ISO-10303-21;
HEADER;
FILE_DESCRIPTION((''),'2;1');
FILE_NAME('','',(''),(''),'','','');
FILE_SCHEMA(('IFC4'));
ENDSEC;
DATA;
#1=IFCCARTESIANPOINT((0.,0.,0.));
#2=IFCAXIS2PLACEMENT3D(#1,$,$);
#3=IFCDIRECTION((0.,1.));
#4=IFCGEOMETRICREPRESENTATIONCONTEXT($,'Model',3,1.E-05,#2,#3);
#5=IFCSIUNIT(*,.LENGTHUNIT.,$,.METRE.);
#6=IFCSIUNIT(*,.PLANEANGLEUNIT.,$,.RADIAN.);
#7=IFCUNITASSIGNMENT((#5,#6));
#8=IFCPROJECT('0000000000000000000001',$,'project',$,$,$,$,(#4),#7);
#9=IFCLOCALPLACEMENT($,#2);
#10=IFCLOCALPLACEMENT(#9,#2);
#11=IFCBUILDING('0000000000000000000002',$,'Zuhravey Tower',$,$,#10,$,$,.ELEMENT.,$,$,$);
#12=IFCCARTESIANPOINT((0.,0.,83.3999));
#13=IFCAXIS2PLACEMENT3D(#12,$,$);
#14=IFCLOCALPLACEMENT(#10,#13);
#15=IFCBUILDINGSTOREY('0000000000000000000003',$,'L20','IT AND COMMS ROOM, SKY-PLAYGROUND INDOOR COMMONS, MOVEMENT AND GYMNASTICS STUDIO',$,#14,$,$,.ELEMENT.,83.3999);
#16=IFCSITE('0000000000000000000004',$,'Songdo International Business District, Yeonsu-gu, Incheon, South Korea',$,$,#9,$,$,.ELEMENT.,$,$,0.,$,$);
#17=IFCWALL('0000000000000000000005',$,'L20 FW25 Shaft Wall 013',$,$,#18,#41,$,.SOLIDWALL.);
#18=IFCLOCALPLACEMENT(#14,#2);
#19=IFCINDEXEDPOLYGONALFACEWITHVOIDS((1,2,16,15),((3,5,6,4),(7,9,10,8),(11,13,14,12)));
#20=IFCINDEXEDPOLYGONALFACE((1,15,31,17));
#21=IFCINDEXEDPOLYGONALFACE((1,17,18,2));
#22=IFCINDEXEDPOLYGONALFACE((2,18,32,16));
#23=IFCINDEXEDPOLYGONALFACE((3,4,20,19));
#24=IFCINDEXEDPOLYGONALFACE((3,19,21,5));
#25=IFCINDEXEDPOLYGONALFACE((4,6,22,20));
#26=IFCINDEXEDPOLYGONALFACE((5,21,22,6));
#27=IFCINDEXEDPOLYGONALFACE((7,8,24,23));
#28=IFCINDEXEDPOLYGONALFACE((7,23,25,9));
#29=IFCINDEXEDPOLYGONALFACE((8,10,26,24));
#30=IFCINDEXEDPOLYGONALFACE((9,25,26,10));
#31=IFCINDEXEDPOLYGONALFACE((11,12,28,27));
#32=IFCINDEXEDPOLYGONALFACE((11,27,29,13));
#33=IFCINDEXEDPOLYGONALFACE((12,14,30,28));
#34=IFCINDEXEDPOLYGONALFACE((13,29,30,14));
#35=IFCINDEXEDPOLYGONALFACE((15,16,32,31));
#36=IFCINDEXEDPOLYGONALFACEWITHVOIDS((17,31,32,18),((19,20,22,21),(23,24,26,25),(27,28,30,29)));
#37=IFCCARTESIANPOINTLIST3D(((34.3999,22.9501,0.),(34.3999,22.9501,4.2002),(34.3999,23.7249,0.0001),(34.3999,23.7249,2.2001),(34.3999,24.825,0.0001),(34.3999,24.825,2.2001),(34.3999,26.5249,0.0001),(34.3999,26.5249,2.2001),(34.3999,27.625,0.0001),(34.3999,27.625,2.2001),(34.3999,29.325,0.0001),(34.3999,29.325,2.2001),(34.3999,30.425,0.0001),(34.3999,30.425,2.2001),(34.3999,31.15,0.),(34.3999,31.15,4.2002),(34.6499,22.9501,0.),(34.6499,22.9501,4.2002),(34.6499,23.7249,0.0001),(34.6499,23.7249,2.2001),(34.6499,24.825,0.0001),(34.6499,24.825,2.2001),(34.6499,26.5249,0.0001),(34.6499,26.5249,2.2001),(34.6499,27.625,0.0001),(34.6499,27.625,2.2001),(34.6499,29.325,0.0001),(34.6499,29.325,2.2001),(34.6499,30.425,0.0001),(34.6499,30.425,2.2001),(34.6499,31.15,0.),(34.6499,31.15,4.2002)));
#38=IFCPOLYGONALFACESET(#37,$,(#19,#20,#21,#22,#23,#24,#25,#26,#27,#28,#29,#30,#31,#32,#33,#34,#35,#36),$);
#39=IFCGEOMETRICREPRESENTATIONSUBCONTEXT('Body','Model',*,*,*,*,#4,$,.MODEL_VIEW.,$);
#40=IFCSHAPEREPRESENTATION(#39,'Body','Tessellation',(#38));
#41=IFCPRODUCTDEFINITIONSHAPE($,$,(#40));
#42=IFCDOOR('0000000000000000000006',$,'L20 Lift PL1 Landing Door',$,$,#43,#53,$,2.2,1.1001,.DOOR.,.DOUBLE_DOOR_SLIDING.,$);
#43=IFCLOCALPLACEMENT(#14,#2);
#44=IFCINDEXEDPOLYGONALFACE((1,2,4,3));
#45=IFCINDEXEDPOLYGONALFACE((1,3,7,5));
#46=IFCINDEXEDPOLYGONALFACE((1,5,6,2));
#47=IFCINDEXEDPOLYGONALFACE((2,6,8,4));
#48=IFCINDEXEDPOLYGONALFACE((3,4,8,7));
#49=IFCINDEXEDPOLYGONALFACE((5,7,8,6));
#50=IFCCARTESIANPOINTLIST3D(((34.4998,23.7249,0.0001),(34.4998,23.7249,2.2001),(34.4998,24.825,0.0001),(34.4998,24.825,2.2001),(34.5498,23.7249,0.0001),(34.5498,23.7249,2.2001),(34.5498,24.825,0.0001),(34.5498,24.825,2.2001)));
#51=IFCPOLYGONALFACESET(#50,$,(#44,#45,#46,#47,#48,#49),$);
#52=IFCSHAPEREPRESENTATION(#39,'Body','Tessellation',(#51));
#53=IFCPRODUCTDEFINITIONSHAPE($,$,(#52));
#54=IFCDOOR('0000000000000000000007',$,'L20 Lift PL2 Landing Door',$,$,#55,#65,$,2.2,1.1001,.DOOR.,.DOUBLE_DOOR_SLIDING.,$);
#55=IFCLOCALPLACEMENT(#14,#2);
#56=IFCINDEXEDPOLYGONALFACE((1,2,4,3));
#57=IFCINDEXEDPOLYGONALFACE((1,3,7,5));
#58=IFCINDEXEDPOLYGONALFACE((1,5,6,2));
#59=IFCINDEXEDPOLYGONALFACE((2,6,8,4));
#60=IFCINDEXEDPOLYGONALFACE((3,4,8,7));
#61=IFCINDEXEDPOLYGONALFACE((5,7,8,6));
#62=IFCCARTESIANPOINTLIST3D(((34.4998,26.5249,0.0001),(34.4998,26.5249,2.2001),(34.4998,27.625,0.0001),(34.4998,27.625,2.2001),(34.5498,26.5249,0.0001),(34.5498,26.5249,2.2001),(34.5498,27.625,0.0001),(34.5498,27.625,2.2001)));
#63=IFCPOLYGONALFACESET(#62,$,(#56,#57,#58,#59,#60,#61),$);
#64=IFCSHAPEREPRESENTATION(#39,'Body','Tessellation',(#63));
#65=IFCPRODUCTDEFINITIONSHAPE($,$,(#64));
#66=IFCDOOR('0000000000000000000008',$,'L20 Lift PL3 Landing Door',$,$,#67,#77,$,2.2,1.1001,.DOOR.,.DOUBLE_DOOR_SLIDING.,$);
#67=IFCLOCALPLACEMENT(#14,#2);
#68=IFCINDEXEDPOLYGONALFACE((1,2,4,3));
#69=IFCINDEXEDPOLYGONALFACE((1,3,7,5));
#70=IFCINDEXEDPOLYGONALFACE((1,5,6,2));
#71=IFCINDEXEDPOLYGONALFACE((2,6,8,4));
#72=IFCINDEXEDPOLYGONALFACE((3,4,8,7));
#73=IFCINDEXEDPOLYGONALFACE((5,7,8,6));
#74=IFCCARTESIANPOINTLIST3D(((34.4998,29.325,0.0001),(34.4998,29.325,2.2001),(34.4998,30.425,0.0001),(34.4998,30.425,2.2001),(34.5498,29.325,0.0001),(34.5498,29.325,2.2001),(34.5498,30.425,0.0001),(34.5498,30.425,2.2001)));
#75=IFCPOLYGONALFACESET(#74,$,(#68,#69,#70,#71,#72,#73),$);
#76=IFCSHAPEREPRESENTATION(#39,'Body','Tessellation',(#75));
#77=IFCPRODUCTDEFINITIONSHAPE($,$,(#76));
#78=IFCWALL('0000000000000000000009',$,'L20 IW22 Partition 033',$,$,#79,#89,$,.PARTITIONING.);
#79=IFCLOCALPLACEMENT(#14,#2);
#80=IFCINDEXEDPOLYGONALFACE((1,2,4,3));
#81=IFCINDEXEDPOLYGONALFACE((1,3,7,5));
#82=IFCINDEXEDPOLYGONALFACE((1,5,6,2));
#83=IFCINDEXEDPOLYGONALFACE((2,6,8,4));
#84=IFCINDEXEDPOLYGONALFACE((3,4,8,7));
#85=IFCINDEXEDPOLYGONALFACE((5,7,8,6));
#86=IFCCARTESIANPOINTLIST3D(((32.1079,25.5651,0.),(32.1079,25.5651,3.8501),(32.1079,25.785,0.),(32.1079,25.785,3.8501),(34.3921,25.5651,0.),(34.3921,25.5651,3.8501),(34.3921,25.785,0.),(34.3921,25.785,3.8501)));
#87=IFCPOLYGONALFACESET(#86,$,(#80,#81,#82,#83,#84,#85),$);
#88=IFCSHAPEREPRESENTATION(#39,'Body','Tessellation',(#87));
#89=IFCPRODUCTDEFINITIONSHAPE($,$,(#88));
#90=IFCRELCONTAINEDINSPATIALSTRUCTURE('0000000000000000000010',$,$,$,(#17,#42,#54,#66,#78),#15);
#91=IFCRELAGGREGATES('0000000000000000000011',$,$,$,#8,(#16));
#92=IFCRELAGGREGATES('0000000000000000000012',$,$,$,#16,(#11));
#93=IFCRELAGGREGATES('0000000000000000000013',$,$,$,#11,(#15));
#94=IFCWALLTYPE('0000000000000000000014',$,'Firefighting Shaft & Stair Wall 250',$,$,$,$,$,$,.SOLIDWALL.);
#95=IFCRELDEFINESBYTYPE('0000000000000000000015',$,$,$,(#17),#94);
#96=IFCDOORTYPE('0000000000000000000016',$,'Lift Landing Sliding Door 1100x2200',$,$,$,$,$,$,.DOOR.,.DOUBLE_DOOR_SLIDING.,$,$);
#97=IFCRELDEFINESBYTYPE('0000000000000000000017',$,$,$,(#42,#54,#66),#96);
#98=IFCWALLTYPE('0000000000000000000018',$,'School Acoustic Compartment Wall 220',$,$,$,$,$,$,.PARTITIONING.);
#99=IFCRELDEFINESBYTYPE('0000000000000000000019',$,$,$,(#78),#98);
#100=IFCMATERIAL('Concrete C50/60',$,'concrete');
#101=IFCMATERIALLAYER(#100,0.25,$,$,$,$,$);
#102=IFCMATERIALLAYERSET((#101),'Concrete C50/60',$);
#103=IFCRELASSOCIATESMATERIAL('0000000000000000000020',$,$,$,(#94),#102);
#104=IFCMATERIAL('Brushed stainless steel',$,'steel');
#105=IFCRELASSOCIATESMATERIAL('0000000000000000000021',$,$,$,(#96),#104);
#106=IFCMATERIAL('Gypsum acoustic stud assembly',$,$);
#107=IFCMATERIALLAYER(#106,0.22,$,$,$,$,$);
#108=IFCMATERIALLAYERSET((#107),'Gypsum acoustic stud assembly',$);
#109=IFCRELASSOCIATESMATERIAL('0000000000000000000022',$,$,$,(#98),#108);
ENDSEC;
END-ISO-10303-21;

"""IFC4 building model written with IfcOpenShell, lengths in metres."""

from ifc_helpers import new_model, si_unit, direction, frame, frame_2d, origin, place, context, subcontext, project, spatial, rectangle, extrude, material, layer, layer_set, type_object, element, fill, save


model = new_model("IFC4")

# Units and contexts
model_context = context("Model", 3, precision=1e-05, world=origin(), true_north=direction((0.0, 1.0)))
body_context = subcontext(model_context, "Body", "Model", "MODEL_VIEW")
ifc_project = project(units=[si_unit("LENGTHUNIT", "METRE"), si_unit("PLANEANGLEUNIT", "RADIAN")], contexts=[model_context])

# Site, building, storey
site_placement = place(None, origin())
site = spatial("IfcSite", under=ifc_project, at=site_placement, Name="Songdo International Business District, Yeonsu-gu, Incheon, South Korea", CompositionType="ELEMENT", RefElevation=0.0)
building_placement = place(site_placement, origin())
building = spatial("IfcBuilding", under=site, at=building_placement, Name="Zuhravey Tower", CompositionType="ELEMENT")
storey_placement = place(building_placement, frame((0.0, 0.0, 83.3999)))
storey = spatial("IfcBuildingStorey", under=building, at=storey_placement, Name="L20", Description="IT AND COMMS ROOM, SKY-PLAYGROUND INDOOR COMMONS, MOVEMENT AND GYMNASTICS STUDIO", CompositionType="ELEMENT", Elevation=83.3999)

# Shared definitions
ifc_material_1 = material(Name="Concrete C50/60", Category="concrete")
ifc_layer_1 = layer(ifc_material_1, 0.25)
ifc_layer_set_1 = layer_set([ifc_layer_1], Name="Concrete C50/60")
wall_type_1 = type_object("IfcWallType", Name="Firefighting Shaft & Stair Wall 250", PredefinedType="SOLIDWALL", material=ifc_layer_set_1)

# Shared definitions
ifc_material_2 = material(Name="Brushed stainless steel", Category="steel")

# Wall, openings, doors
wall_1_placement = place(storey_placement, frame((34.5249, 22.95, 0.0), z_axis=(0.0, 0.0, 1.0), x_axis=(0.0, 1.0, 0.0)))
wall_1 = element("IfcWall", 1, at=wall_1_placement, inside=storey, type_object=wall_type_1, Name="L20 FW25 Shaft Wall 013", PredefinedType="SOLIDWALL", context=body_context, shape_type="SweptSolid", body=[
    extrude(rectangle(XDim=8.2, YDim=0.25, at=frame_2d((4.1001, 0.0))), origin(), (0.0, 0.0, 1.0), 4.2002),
])
opening_1_placement = place(wall_1_placement, frame((0.7749, 0.0, 0.0)))
opening_1 = element("IfcOpeningElement", 2, at=opening_1_placement, cuts=wall_1, PredefinedType="OPENING", context=body_context, shape_type="SweptSolid", body=[
    extrude(rectangle(XDim=1.1001, YDim=2.2, at=frame_2d((0.55, 1.1001))), frame((0.0, 0.137, 0.0), z_axis=(0.0, -1.0, 0.0), x_axis=(1.0, 0.0, 0.0)), (0.0, 0.0, 1.0), 0.2739),
])
opening_2_placement = place(wall_1_placement, frame((3.575, 0.0, 0.0)))
opening_2 = element("IfcOpeningElement", 3, at=opening_2_placement, cuts=wall_1, PredefinedType="OPENING", context=body_context, shape_type="SweptSolid", body=[
    extrude(rectangle(XDim=1.1001, YDim=2.2, at=frame_2d((0.55, 1.1001))), frame((0.0, 0.137, 0.0), z_axis=(0.0, -1.0, 0.0), x_axis=(1.0, 0.0, 0.0)), (0.0, 0.0, 1.0), 0.2739),
])
opening_3_placement = place(wall_1_placement, frame((6.375, 0.0, 0.0)))
opening_3 = element("IfcOpeningElement", 4, at=opening_3_placement, cuts=wall_1, PredefinedType="OPENING", context=body_context, shape_type="SweptSolid", body=[
    extrude(rectangle(XDim=1.1001, YDim=2.2, at=frame_2d((0.55, 1.1001))), frame((0.0, 0.137, 0.0), z_axis=(0.0, -1.0, 0.0), x_axis=(1.0, 0.0, 0.0)), (0.0, 0.0, 1.0), 0.2739),
])
door_type_1 = type_object("IfcDoorType", Name="Lift Landing Sliding Door 1100x2200", OperationType="DOUBLE_DOOR_SLIDING", PredefinedType="DOOR", material=ifc_material_2)
door_1_placement = place(opening_1_placement, frame((1.1001, 0.0, 0.0), z_axis=(0.0, 0.0, 1.0), x_axis=(-1.0, 0.0, 0.0)))
door_1 = element("IfcDoor", 5, at=door_1_placement, inside=storey, type_object=door_type_1, Name="L20 Lift PL1 Landing Door", OperationType="DOUBLE_DOOR_SLIDING", OverallHeight=2.2, OverallWidth=1.1001, PredefinedType="DOOR", context=body_context, shape_type="SweptSolid", body=[
    extrude(rectangle(XDim=1.1001, YDim=2.2, at=frame_2d((0.55, 1.1001))), frame((0.0, 0.0249, 0.0), z_axis=(0.0, -1.0, 0.0), x_axis=(1.0, 0.0, 0.0)), (0.0, 0.0, 1.0), 0.05),
])
fill(opening_1, door_1)
door_2_placement = place(opening_2_placement, frame((1.1001, 0.0, 0.0), z_axis=(0.0, 0.0, 1.0), x_axis=(-1.0, 0.0, 0.0)))
door_2 = element("IfcDoor", 6, at=door_2_placement, inside=storey, type_object=door_type_1, Name="L20 Lift PL2 Landing Door", OperationType="DOUBLE_DOOR_SLIDING", OverallHeight=2.2, OverallWidth=1.1001, PredefinedType="DOOR", context=body_context, shape_type="SweptSolid", body=[
    extrude(rectangle(XDim=1.1001, YDim=2.2, at=frame_2d((0.55, 1.1001))), frame((0.0, 0.0249, 0.0), z_axis=(0.0, -1.0, 0.0), x_axis=(1.0, 0.0, 0.0)), (0.0, 0.0, 1.0), 0.05),
])
fill(opening_2, door_2)
door_3_placement = place(opening_3_placement, frame((1.1001, 0.0, 0.0), z_axis=(0.0, 0.0, 1.0), x_axis=(-1.0, 0.0, 0.0)))
door_3 = element("IfcDoor", 7, at=door_3_placement, inside=storey, type_object=door_type_1, Name="L20 Lift PL3 Landing Door", OperationType="DOUBLE_DOOR_SLIDING", OverallHeight=2.2, OverallWidth=1.1001, PredefinedType="DOOR", context=body_context, shape_type="SweptSolid", body=[
    extrude(rectangle(XDim=1.1001, YDim=2.2, at=frame_2d((0.55, 1.1001))), frame((0.0, 0.0249, 0.0), z_axis=(0.0, -1.0, 0.0), x_axis=(1.0, 0.0, 0.0)), (0.0, 0.0, 1.0), 0.05),
])
fill(opening_3, door_3)

# Wall
ifc_material_3 = material(Name="Gypsum acoustic stud assembly")
ifc_layer_2 = layer(ifc_material_3, 0.22)
ifc_layer_set_2 = layer_set([ifc_layer_2], Name="Gypsum acoustic stud assembly")
wall_type_2 = type_object("IfcWallType", Name="School Acoustic Compartment Wall 220", PredefinedType="PARTITIONING", material=ifc_layer_set_2)
wall_2_placement = place(storey_placement, frame((32.1079, 25.675, 0.0), z_axis=(0.0, 0.0, 1.0), x_axis=(1.0, 0.0, 0.0)))
element("IfcWall", 8, at=wall_2_placement, inside=storey, type_object=wall_type_2, Name="L20 IW22 Partition 033", PredefinedType="PARTITIONING", context=body_context, shape_type="SweptSolid", body=[
    extrude(rectangle(XDim=2.2842, YDim=0.22, at=frame_2d((1.1421, 0.0))), origin(), (0.0, 0.0, 1.0), 3.8501),
])

save(model, "model.ifc")
